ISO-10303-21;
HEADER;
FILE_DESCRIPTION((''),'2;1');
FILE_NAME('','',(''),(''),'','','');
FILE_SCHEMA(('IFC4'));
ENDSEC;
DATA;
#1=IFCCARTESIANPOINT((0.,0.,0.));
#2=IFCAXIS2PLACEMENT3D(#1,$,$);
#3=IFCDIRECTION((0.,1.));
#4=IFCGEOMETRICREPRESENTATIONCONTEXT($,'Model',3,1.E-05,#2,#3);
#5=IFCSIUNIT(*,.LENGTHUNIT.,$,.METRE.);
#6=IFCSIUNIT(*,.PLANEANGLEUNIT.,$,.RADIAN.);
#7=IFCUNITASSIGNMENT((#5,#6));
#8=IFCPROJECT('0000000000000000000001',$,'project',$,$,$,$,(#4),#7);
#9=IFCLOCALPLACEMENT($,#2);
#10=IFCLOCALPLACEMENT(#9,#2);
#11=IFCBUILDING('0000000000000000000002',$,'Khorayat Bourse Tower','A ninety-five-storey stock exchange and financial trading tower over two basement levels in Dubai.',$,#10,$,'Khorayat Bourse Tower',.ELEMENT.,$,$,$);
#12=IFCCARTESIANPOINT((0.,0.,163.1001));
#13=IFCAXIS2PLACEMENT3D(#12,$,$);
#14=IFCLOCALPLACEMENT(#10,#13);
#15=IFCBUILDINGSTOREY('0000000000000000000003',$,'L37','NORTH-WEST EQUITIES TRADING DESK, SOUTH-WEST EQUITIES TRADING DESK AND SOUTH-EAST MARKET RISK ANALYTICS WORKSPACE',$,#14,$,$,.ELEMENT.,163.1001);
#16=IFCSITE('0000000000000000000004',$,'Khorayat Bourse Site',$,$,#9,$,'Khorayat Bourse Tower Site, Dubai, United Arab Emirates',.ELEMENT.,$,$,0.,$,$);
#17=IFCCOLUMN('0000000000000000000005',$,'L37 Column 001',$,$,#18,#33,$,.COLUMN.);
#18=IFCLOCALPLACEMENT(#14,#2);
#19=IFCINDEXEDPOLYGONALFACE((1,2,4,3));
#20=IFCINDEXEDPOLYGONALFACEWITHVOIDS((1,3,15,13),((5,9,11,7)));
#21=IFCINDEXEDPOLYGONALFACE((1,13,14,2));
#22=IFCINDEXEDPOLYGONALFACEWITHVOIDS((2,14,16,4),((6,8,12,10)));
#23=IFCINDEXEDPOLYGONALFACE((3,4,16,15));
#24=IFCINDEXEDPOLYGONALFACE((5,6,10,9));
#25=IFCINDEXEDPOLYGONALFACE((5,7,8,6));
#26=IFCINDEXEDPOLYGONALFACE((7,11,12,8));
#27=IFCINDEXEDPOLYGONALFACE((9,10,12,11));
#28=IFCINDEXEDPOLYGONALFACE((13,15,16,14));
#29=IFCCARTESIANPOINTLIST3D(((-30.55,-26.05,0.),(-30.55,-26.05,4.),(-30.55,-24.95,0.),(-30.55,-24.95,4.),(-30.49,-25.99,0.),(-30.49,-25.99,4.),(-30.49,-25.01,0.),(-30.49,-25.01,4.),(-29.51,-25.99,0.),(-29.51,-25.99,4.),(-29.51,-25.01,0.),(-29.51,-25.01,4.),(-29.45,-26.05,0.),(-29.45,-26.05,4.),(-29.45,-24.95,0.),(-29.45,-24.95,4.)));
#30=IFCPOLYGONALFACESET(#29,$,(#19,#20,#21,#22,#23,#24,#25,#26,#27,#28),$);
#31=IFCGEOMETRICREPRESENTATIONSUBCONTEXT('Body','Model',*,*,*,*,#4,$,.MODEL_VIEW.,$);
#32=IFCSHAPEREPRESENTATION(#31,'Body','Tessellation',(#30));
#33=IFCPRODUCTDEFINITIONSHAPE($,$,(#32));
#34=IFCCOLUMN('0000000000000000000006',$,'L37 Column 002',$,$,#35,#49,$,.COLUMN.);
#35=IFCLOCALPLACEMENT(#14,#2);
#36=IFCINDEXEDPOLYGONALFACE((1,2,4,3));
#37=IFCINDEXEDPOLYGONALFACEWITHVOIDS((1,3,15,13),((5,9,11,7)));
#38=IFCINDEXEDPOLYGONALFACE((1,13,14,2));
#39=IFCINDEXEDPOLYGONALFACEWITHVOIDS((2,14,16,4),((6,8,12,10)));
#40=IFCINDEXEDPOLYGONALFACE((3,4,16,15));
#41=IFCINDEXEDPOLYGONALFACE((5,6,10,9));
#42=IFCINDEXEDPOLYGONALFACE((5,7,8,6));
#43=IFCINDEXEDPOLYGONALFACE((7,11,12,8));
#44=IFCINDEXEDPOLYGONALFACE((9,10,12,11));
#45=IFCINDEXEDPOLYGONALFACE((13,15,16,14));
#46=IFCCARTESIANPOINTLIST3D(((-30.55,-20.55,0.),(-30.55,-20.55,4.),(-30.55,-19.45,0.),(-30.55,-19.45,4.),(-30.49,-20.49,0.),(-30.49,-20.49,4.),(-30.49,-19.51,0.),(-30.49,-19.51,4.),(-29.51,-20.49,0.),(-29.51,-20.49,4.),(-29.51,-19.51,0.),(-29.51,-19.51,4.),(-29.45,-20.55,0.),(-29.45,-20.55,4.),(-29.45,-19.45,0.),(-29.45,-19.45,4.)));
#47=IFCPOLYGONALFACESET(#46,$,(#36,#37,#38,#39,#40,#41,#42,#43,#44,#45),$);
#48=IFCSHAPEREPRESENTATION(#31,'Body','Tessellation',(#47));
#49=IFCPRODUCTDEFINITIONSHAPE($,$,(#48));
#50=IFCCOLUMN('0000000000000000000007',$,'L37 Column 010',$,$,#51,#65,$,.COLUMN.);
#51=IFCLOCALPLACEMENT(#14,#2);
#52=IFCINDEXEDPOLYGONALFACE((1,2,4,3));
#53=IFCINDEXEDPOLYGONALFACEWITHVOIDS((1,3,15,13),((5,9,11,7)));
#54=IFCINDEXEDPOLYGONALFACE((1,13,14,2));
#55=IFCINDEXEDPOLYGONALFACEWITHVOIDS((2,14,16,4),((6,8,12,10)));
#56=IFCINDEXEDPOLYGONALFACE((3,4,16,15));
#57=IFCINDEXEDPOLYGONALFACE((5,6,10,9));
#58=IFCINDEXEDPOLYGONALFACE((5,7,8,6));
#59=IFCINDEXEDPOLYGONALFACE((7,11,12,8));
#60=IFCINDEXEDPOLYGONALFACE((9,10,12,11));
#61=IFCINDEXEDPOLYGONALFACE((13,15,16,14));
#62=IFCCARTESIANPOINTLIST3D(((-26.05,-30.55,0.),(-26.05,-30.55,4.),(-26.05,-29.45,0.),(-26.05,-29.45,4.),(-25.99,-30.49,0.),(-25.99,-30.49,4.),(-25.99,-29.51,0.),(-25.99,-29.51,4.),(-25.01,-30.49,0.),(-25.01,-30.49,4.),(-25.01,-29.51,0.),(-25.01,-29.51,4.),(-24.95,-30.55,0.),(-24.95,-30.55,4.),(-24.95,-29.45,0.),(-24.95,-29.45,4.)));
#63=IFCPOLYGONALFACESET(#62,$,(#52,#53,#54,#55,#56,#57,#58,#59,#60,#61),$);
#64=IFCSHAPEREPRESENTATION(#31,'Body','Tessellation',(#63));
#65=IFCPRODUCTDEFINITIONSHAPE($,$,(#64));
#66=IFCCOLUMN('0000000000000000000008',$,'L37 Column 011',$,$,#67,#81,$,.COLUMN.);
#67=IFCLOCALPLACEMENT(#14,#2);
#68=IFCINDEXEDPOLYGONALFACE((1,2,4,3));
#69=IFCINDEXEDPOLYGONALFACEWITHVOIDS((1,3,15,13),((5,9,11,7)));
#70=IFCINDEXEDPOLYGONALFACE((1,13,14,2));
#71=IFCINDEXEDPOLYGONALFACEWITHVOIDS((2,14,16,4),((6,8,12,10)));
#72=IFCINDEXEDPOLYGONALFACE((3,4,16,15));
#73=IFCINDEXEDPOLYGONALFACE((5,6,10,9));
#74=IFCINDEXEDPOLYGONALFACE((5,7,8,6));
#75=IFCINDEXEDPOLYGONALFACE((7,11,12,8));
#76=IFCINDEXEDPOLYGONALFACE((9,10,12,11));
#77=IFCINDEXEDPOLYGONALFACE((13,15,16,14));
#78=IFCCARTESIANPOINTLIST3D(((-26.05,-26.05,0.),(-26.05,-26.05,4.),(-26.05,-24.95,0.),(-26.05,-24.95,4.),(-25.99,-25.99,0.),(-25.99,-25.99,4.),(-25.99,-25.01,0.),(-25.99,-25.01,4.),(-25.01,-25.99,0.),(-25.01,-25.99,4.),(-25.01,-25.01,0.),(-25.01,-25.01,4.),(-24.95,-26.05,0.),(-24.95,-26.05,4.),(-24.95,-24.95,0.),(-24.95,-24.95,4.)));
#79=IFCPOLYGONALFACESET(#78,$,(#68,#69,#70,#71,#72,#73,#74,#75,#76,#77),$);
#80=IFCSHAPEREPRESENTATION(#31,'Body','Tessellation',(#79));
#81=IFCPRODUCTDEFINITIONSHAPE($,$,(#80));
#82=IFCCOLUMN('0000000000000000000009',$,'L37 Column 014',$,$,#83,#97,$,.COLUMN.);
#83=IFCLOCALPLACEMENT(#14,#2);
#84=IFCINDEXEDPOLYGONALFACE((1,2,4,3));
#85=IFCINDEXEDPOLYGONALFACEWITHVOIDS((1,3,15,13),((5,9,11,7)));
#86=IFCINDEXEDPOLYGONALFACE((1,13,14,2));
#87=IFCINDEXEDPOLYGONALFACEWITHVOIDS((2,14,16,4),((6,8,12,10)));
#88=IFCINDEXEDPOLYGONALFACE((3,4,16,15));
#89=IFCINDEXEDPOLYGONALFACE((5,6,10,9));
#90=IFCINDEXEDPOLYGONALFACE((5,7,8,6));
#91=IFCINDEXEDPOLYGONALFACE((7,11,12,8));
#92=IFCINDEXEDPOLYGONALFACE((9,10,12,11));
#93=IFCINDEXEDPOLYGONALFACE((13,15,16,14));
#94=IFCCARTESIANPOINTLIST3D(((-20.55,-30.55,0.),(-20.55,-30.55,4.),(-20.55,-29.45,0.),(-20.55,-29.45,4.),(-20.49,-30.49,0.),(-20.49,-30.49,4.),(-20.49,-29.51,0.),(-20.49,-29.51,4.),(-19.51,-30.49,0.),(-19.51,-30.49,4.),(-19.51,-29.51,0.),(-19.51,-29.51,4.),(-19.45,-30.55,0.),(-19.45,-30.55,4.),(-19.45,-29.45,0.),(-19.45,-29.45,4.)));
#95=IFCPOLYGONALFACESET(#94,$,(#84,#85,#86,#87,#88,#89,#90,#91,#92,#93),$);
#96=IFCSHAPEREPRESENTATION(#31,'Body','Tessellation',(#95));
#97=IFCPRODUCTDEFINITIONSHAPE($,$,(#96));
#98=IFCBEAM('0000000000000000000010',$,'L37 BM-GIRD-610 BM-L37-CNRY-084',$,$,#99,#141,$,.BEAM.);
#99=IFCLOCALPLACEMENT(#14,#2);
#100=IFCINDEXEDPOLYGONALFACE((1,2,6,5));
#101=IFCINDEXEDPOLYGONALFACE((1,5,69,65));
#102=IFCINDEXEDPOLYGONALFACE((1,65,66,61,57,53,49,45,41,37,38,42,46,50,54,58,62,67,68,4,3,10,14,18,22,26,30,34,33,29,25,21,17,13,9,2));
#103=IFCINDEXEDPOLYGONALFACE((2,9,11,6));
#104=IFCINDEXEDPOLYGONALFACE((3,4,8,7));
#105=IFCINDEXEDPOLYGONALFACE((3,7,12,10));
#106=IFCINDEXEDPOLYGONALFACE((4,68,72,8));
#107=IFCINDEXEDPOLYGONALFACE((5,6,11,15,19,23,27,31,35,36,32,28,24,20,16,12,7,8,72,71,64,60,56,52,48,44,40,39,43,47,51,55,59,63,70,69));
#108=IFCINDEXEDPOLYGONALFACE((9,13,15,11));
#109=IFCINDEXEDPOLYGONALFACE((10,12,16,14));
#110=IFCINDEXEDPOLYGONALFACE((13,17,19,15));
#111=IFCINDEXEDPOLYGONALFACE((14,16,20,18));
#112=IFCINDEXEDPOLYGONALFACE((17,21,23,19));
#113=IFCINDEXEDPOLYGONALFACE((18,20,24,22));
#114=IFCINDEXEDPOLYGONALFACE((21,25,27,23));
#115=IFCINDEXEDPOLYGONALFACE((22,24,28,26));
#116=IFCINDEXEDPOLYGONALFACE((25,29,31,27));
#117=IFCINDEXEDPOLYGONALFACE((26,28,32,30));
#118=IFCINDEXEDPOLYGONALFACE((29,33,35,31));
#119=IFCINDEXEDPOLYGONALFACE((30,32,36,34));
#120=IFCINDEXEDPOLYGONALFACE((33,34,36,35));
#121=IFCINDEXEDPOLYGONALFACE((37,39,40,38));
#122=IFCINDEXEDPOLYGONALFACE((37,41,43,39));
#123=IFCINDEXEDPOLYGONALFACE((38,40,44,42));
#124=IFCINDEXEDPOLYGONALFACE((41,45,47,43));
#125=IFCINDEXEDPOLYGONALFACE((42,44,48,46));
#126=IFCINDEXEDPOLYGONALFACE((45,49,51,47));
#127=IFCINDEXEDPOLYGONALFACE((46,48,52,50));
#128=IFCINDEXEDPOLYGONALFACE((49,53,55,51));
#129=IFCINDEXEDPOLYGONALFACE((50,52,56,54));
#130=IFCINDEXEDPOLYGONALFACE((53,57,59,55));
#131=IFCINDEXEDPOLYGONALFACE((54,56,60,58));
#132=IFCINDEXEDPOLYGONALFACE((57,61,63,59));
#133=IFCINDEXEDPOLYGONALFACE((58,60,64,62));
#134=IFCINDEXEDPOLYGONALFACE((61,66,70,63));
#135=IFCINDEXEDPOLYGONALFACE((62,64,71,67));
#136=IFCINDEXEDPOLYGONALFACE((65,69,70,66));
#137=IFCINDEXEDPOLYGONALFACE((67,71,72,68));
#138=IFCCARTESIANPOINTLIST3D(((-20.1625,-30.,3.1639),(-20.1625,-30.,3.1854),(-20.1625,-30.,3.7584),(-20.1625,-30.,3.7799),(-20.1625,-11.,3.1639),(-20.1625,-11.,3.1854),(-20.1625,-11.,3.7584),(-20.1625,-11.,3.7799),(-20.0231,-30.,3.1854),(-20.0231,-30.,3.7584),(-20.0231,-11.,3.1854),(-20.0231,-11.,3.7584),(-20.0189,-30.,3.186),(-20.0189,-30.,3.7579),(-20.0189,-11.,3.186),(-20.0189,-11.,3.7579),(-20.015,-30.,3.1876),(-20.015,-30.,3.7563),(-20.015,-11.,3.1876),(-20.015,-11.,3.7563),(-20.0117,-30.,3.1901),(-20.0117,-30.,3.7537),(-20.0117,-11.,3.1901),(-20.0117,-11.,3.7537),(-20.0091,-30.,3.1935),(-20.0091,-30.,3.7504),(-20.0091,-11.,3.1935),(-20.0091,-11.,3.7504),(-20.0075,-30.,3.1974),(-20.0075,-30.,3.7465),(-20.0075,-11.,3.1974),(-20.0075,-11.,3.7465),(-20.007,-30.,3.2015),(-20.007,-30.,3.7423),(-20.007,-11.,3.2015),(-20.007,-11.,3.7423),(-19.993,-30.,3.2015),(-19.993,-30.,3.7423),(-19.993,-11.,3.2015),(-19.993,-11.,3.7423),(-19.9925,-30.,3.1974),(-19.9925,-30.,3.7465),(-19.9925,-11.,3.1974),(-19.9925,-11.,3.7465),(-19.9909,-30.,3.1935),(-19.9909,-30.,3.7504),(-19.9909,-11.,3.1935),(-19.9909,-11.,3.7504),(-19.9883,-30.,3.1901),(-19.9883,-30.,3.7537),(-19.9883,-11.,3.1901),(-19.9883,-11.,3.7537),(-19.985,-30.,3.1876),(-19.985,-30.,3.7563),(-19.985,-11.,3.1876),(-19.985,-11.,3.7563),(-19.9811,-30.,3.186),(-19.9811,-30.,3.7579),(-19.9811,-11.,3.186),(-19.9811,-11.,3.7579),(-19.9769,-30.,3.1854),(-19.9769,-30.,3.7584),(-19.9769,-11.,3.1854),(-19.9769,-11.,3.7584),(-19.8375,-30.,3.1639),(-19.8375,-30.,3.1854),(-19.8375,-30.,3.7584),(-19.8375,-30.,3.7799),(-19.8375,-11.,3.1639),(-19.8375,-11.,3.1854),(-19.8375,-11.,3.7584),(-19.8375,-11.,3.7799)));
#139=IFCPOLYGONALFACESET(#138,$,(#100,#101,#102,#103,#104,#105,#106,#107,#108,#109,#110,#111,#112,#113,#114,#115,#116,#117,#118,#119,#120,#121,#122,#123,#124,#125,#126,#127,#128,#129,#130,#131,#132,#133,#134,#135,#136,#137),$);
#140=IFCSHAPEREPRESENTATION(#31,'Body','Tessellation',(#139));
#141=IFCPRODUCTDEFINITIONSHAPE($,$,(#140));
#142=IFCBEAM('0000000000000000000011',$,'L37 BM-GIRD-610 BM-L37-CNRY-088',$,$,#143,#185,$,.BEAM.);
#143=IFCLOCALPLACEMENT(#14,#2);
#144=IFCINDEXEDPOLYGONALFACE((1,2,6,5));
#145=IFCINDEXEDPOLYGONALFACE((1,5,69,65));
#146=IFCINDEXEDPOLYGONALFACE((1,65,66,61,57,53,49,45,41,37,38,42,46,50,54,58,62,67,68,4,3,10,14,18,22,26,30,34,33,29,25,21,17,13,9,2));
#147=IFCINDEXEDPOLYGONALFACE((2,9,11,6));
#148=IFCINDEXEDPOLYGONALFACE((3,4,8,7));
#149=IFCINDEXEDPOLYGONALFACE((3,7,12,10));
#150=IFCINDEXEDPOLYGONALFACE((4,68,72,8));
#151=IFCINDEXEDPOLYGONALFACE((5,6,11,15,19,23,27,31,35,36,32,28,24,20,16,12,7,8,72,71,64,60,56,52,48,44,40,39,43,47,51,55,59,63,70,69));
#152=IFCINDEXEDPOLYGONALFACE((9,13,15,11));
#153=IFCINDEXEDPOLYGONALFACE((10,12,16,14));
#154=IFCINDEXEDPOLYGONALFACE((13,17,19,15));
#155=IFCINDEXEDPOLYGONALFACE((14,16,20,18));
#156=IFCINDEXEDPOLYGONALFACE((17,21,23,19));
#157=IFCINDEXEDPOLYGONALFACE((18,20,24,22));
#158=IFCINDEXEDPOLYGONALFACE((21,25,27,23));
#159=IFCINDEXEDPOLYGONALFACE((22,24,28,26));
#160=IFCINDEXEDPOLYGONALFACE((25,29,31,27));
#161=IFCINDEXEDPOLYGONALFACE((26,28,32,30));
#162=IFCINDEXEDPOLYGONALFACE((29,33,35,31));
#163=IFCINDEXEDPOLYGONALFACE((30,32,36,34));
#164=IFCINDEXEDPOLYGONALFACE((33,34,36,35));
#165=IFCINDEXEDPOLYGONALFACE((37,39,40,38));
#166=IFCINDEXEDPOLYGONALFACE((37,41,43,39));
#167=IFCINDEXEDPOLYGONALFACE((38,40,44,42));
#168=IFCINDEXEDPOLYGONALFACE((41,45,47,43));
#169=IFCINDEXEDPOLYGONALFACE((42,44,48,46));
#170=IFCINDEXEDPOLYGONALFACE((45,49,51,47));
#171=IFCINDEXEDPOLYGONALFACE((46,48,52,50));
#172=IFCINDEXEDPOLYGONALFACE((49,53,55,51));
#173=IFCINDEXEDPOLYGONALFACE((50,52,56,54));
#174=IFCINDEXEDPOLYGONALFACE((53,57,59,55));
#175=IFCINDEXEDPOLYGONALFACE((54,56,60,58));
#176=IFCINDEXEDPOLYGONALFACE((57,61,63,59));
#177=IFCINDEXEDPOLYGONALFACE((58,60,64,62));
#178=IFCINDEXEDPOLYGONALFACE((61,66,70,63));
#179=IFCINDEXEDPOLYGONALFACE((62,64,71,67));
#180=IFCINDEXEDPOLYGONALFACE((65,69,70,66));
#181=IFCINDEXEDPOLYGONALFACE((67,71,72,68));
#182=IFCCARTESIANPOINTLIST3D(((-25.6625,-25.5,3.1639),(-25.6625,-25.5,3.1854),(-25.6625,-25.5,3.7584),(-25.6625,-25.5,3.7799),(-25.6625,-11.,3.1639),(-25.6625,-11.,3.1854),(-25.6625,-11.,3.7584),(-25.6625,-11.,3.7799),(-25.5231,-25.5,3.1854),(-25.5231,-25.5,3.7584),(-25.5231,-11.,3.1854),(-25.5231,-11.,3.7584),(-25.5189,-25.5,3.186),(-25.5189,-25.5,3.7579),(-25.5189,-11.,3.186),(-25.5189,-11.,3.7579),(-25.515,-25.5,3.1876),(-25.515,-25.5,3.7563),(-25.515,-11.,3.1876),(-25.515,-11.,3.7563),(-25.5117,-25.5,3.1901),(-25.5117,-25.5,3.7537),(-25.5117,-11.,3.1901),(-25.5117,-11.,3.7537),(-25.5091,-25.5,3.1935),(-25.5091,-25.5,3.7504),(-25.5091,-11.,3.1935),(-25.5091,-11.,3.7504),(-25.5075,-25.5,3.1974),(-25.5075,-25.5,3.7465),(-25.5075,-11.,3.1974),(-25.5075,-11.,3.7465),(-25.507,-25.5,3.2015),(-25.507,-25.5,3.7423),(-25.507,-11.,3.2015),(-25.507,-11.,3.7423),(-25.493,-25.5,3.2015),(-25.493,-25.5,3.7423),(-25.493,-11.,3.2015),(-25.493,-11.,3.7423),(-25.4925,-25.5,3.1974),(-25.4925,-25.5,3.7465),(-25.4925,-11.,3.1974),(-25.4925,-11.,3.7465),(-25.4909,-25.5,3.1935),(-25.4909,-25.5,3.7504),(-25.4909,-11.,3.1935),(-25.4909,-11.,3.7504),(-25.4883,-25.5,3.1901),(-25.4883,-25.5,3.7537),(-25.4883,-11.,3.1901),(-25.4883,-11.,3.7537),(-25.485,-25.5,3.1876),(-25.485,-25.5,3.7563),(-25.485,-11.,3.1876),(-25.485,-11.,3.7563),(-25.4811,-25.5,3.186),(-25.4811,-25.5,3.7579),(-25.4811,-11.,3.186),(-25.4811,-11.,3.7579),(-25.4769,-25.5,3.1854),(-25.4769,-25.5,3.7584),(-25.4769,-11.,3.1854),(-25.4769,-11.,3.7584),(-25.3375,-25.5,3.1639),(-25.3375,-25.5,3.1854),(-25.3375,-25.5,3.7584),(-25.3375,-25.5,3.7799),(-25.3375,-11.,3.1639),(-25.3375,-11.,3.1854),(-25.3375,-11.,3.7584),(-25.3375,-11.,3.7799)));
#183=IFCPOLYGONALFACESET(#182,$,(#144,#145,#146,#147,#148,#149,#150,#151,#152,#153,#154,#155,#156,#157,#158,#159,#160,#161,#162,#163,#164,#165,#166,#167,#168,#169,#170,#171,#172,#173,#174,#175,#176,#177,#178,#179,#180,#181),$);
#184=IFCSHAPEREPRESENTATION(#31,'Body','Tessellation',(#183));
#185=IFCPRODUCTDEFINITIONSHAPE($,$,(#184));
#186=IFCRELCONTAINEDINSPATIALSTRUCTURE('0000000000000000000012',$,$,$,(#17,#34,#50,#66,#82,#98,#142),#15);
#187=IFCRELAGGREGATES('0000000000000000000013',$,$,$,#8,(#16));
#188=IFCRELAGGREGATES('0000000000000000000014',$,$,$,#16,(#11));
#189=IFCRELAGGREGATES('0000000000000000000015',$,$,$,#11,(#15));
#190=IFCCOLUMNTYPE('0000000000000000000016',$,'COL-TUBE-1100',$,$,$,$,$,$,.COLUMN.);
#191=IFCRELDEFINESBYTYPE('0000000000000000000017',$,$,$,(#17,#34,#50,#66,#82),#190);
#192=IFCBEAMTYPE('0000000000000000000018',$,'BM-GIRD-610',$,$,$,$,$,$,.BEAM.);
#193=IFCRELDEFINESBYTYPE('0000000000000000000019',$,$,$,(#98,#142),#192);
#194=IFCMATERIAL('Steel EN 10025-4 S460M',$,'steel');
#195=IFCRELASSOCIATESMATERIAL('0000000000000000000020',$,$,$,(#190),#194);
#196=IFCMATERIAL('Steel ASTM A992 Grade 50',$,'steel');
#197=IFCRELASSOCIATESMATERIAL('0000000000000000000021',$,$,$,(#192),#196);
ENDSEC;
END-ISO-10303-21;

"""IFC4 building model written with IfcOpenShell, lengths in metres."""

from ifc_helpers import new_model, si_unit, direction, frame, origin, origin_2d, place, context, subcontext, project, spatial, hollow_rectangle, i_section, extrude, source, transform, mapped, material, material_profile, profile_set, type_object, element, save


model = new_model("IFC4")

# Units and contexts
model_context = context("Model", 3, precision=1e-05, world=origin(), true_north=direction((0.0, 1.0)))
body_context = subcontext(model_context, "Body", "Model", "MODEL_VIEW")
ifc_project = project(units=[si_unit("LENGTHUNIT", "METRE"), si_unit("PLANEANGLEUNIT", "RADIAN")], contexts=[model_context])

# Site, building, storey
site_placement = place(None, origin())
site = spatial("IfcSite", under=ifc_project, at=site_placement, Name="Khorayat Bourse Site", LongName="Khorayat Bourse Tower Site, Dubai, United Arab Emirates", CompositionType="ELEMENT", RefElevation=0.0)
building_placement = place(site_placement, origin())
building = spatial("IfcBuilding", under=site, at=building_placement, Name="Khorayat Bourse Tower", Description="A ninety-five-storey stock exchange and financial trading tower over two basement levels in Dubai.", LongName="Khorayat Bourse Tower", CompositionType="ELEMENT")
storey_placement = place(building_placement, frame((0.0, 0.0, 163.1001)))
storey = spatial("IfcBuildingStorey", under=building, at=storey_placement, Name="L37", Description="NORTH-WEST EQUITIES TRADING DESK, SOUTH-WEST EQUITIES TRADING DESK AND SOUTH-EAST MARKET RISK ANALYTICS WORKSPACE", CompositionType="ELEMENT", Elevation=163.1001)

# Columns
ifc_material_1 = material(Name="Steel EN 10025-4 S460M", Category="steel")
ifc_material_profile_1 = material_profile(ifc_material_1, hollow_rectangle(XDim=1.1001, YDim=1.1001, WallThickness=0.0601, at=origin_2d()), Name="BOX 1100x1100x60")
ifc_profile_set_1 = profile_set([ifc_material_profile_1], Name="Steel EN 10025-4 S460M")
column_type = type_object("IfcColumnType", Name="COL-TUBE-1100", PredefinedType="COLUMN", material=ifc_profile_set_1)
shared_shape_1 = source(origin(), body_context, "Body", "SweptSolid", [
    extrude(hollow_rectangle(XDim=1.1001, YDim=1.1001, WallThickness=0.0601, at=origin_2d()), origin(), (0.0, 0.0, 1.0), 4.0),
])
for number, where, z_axis, x_axis, name in (
    (1, (-30.0, -25.5, 0.0), (0.0, 0.0, 1.0), (1.0, 0.0, 0.0), "L37 Column 001"),
    (2, (-30.0, -20.0, 0.0), (0.0, 0.0, 1.0), (1.0, 0.0, 0.0), "L37 Column 002"),
    (3, (-25.5, -30.0, 0.0), (0.0, 0.0, 1.0), (1.0, 0.0, 0.0), "L37 Column 010"),
    (4, (-25.5, -25.5, 0.0), (0.0, 0.0, 1.0), (1.0, 0.0, 0.0), "L37 Column 011"),
    (5, (-20.0, -30.0, 0.0), (0.0, 0.0, 1.0), (1.0, 0.0, 0.0), "L37 Column 014"),
):
    element("IfcColumn", number, at=place(storey_placement, frame(where, z_axis=z_axis, x_axis=x_axis)), inside=storey, type_object=column_type, Name=name, PredefinedType="COLUMN", context=body_context, shape_type="MappedRepresentation", body=[
        mapped(shared_shape_1, transform((0.0, 0.0, 0.0), scale=1.0)),
    ])

# Beams
ifc_material_2 = material(Name="Steel ASTM A992 Grade 50", Category="steel")
ifc_material_profile_2 = material_profile(ifc_material_2, i_section(OverallWidth=0.325, OverallDepth=0.616, WebThickness=0.0139, FlangeThickness=0.0215, FilletRadius=0.0161, at=origin_2d()), Name="W610X174")
ifc_profile_set_2 = profile_set([ifc_material_profile_2], Name="Steel ASTM A992 Grade 50")
beam_type_1 = type_object("IfcBeamType", Name="BM-GIRD-610", PredefinedType="BEAM", material=ifc_profile_set_2)
shared_shape_2 = source(origin(), body_context, "Body", "SweptSolid", [
    extrude(i_section(OverallWidth=0.325, OverallDepth=0.616, WebThickness=0.0139, FlangeThickness=0.0215, FilletRadius=0.0161, at=origin_2d()), origin(), (0.0, 0.0, 1.0), 19.0),
])
beam_1_placement = place(storey_placement, frame((-20.0, -30.0, 3.4719), z_axis=(0.0, 1.0, 0.0), x_axis=(-1.0, 0.0, 0.0)))
element("IfcBeam", 6, at=beam_1_placement, inside=storey, type_object=beam_type_1, Name="L37 BM-GIRD-610 BM-L37-CNRY-084", PredefinedType="BEAM", context=body_context, shape_type="MappedRepresentation", body=[
    mapped(shared_shape_2, transform((0.0, 0.0, 0.0), scale=1.0)),
])
shared_shape_3 = source(origin(), body_context, "Body", "SweptSolid", [
    extrude(i_section(OverallWidth=0.325, OverallDepth=0.616, WebThickness=0.0139, FlangeThickness=0.0215, FilletRadius=0.0161, at=origin_2d()), origin(), (0.0, 0.0, 1.0), 14.5),
])
beam_2_placement = place(storey_placement, frame((-25.5, -25.5, 3.4719), z_axis=(0.0, 1.0, 0.0), x_axis=(-1.0, 0.0, 0.0)))
element("IfcBeam", 7, at=beam_2_placement, inside=storey, type_object=beam_type_1, Name="L37 BM-GIRD-610 BM-L37-CNRY-088", PredefinedType="BEAM", context=body_context, shape_type="MappedRepresentation", body=[
    mapped(shared_shape_3, transform((0.0, 0.0, 0.0), scale=1.0)),
])

save(model, "model.ifc")
